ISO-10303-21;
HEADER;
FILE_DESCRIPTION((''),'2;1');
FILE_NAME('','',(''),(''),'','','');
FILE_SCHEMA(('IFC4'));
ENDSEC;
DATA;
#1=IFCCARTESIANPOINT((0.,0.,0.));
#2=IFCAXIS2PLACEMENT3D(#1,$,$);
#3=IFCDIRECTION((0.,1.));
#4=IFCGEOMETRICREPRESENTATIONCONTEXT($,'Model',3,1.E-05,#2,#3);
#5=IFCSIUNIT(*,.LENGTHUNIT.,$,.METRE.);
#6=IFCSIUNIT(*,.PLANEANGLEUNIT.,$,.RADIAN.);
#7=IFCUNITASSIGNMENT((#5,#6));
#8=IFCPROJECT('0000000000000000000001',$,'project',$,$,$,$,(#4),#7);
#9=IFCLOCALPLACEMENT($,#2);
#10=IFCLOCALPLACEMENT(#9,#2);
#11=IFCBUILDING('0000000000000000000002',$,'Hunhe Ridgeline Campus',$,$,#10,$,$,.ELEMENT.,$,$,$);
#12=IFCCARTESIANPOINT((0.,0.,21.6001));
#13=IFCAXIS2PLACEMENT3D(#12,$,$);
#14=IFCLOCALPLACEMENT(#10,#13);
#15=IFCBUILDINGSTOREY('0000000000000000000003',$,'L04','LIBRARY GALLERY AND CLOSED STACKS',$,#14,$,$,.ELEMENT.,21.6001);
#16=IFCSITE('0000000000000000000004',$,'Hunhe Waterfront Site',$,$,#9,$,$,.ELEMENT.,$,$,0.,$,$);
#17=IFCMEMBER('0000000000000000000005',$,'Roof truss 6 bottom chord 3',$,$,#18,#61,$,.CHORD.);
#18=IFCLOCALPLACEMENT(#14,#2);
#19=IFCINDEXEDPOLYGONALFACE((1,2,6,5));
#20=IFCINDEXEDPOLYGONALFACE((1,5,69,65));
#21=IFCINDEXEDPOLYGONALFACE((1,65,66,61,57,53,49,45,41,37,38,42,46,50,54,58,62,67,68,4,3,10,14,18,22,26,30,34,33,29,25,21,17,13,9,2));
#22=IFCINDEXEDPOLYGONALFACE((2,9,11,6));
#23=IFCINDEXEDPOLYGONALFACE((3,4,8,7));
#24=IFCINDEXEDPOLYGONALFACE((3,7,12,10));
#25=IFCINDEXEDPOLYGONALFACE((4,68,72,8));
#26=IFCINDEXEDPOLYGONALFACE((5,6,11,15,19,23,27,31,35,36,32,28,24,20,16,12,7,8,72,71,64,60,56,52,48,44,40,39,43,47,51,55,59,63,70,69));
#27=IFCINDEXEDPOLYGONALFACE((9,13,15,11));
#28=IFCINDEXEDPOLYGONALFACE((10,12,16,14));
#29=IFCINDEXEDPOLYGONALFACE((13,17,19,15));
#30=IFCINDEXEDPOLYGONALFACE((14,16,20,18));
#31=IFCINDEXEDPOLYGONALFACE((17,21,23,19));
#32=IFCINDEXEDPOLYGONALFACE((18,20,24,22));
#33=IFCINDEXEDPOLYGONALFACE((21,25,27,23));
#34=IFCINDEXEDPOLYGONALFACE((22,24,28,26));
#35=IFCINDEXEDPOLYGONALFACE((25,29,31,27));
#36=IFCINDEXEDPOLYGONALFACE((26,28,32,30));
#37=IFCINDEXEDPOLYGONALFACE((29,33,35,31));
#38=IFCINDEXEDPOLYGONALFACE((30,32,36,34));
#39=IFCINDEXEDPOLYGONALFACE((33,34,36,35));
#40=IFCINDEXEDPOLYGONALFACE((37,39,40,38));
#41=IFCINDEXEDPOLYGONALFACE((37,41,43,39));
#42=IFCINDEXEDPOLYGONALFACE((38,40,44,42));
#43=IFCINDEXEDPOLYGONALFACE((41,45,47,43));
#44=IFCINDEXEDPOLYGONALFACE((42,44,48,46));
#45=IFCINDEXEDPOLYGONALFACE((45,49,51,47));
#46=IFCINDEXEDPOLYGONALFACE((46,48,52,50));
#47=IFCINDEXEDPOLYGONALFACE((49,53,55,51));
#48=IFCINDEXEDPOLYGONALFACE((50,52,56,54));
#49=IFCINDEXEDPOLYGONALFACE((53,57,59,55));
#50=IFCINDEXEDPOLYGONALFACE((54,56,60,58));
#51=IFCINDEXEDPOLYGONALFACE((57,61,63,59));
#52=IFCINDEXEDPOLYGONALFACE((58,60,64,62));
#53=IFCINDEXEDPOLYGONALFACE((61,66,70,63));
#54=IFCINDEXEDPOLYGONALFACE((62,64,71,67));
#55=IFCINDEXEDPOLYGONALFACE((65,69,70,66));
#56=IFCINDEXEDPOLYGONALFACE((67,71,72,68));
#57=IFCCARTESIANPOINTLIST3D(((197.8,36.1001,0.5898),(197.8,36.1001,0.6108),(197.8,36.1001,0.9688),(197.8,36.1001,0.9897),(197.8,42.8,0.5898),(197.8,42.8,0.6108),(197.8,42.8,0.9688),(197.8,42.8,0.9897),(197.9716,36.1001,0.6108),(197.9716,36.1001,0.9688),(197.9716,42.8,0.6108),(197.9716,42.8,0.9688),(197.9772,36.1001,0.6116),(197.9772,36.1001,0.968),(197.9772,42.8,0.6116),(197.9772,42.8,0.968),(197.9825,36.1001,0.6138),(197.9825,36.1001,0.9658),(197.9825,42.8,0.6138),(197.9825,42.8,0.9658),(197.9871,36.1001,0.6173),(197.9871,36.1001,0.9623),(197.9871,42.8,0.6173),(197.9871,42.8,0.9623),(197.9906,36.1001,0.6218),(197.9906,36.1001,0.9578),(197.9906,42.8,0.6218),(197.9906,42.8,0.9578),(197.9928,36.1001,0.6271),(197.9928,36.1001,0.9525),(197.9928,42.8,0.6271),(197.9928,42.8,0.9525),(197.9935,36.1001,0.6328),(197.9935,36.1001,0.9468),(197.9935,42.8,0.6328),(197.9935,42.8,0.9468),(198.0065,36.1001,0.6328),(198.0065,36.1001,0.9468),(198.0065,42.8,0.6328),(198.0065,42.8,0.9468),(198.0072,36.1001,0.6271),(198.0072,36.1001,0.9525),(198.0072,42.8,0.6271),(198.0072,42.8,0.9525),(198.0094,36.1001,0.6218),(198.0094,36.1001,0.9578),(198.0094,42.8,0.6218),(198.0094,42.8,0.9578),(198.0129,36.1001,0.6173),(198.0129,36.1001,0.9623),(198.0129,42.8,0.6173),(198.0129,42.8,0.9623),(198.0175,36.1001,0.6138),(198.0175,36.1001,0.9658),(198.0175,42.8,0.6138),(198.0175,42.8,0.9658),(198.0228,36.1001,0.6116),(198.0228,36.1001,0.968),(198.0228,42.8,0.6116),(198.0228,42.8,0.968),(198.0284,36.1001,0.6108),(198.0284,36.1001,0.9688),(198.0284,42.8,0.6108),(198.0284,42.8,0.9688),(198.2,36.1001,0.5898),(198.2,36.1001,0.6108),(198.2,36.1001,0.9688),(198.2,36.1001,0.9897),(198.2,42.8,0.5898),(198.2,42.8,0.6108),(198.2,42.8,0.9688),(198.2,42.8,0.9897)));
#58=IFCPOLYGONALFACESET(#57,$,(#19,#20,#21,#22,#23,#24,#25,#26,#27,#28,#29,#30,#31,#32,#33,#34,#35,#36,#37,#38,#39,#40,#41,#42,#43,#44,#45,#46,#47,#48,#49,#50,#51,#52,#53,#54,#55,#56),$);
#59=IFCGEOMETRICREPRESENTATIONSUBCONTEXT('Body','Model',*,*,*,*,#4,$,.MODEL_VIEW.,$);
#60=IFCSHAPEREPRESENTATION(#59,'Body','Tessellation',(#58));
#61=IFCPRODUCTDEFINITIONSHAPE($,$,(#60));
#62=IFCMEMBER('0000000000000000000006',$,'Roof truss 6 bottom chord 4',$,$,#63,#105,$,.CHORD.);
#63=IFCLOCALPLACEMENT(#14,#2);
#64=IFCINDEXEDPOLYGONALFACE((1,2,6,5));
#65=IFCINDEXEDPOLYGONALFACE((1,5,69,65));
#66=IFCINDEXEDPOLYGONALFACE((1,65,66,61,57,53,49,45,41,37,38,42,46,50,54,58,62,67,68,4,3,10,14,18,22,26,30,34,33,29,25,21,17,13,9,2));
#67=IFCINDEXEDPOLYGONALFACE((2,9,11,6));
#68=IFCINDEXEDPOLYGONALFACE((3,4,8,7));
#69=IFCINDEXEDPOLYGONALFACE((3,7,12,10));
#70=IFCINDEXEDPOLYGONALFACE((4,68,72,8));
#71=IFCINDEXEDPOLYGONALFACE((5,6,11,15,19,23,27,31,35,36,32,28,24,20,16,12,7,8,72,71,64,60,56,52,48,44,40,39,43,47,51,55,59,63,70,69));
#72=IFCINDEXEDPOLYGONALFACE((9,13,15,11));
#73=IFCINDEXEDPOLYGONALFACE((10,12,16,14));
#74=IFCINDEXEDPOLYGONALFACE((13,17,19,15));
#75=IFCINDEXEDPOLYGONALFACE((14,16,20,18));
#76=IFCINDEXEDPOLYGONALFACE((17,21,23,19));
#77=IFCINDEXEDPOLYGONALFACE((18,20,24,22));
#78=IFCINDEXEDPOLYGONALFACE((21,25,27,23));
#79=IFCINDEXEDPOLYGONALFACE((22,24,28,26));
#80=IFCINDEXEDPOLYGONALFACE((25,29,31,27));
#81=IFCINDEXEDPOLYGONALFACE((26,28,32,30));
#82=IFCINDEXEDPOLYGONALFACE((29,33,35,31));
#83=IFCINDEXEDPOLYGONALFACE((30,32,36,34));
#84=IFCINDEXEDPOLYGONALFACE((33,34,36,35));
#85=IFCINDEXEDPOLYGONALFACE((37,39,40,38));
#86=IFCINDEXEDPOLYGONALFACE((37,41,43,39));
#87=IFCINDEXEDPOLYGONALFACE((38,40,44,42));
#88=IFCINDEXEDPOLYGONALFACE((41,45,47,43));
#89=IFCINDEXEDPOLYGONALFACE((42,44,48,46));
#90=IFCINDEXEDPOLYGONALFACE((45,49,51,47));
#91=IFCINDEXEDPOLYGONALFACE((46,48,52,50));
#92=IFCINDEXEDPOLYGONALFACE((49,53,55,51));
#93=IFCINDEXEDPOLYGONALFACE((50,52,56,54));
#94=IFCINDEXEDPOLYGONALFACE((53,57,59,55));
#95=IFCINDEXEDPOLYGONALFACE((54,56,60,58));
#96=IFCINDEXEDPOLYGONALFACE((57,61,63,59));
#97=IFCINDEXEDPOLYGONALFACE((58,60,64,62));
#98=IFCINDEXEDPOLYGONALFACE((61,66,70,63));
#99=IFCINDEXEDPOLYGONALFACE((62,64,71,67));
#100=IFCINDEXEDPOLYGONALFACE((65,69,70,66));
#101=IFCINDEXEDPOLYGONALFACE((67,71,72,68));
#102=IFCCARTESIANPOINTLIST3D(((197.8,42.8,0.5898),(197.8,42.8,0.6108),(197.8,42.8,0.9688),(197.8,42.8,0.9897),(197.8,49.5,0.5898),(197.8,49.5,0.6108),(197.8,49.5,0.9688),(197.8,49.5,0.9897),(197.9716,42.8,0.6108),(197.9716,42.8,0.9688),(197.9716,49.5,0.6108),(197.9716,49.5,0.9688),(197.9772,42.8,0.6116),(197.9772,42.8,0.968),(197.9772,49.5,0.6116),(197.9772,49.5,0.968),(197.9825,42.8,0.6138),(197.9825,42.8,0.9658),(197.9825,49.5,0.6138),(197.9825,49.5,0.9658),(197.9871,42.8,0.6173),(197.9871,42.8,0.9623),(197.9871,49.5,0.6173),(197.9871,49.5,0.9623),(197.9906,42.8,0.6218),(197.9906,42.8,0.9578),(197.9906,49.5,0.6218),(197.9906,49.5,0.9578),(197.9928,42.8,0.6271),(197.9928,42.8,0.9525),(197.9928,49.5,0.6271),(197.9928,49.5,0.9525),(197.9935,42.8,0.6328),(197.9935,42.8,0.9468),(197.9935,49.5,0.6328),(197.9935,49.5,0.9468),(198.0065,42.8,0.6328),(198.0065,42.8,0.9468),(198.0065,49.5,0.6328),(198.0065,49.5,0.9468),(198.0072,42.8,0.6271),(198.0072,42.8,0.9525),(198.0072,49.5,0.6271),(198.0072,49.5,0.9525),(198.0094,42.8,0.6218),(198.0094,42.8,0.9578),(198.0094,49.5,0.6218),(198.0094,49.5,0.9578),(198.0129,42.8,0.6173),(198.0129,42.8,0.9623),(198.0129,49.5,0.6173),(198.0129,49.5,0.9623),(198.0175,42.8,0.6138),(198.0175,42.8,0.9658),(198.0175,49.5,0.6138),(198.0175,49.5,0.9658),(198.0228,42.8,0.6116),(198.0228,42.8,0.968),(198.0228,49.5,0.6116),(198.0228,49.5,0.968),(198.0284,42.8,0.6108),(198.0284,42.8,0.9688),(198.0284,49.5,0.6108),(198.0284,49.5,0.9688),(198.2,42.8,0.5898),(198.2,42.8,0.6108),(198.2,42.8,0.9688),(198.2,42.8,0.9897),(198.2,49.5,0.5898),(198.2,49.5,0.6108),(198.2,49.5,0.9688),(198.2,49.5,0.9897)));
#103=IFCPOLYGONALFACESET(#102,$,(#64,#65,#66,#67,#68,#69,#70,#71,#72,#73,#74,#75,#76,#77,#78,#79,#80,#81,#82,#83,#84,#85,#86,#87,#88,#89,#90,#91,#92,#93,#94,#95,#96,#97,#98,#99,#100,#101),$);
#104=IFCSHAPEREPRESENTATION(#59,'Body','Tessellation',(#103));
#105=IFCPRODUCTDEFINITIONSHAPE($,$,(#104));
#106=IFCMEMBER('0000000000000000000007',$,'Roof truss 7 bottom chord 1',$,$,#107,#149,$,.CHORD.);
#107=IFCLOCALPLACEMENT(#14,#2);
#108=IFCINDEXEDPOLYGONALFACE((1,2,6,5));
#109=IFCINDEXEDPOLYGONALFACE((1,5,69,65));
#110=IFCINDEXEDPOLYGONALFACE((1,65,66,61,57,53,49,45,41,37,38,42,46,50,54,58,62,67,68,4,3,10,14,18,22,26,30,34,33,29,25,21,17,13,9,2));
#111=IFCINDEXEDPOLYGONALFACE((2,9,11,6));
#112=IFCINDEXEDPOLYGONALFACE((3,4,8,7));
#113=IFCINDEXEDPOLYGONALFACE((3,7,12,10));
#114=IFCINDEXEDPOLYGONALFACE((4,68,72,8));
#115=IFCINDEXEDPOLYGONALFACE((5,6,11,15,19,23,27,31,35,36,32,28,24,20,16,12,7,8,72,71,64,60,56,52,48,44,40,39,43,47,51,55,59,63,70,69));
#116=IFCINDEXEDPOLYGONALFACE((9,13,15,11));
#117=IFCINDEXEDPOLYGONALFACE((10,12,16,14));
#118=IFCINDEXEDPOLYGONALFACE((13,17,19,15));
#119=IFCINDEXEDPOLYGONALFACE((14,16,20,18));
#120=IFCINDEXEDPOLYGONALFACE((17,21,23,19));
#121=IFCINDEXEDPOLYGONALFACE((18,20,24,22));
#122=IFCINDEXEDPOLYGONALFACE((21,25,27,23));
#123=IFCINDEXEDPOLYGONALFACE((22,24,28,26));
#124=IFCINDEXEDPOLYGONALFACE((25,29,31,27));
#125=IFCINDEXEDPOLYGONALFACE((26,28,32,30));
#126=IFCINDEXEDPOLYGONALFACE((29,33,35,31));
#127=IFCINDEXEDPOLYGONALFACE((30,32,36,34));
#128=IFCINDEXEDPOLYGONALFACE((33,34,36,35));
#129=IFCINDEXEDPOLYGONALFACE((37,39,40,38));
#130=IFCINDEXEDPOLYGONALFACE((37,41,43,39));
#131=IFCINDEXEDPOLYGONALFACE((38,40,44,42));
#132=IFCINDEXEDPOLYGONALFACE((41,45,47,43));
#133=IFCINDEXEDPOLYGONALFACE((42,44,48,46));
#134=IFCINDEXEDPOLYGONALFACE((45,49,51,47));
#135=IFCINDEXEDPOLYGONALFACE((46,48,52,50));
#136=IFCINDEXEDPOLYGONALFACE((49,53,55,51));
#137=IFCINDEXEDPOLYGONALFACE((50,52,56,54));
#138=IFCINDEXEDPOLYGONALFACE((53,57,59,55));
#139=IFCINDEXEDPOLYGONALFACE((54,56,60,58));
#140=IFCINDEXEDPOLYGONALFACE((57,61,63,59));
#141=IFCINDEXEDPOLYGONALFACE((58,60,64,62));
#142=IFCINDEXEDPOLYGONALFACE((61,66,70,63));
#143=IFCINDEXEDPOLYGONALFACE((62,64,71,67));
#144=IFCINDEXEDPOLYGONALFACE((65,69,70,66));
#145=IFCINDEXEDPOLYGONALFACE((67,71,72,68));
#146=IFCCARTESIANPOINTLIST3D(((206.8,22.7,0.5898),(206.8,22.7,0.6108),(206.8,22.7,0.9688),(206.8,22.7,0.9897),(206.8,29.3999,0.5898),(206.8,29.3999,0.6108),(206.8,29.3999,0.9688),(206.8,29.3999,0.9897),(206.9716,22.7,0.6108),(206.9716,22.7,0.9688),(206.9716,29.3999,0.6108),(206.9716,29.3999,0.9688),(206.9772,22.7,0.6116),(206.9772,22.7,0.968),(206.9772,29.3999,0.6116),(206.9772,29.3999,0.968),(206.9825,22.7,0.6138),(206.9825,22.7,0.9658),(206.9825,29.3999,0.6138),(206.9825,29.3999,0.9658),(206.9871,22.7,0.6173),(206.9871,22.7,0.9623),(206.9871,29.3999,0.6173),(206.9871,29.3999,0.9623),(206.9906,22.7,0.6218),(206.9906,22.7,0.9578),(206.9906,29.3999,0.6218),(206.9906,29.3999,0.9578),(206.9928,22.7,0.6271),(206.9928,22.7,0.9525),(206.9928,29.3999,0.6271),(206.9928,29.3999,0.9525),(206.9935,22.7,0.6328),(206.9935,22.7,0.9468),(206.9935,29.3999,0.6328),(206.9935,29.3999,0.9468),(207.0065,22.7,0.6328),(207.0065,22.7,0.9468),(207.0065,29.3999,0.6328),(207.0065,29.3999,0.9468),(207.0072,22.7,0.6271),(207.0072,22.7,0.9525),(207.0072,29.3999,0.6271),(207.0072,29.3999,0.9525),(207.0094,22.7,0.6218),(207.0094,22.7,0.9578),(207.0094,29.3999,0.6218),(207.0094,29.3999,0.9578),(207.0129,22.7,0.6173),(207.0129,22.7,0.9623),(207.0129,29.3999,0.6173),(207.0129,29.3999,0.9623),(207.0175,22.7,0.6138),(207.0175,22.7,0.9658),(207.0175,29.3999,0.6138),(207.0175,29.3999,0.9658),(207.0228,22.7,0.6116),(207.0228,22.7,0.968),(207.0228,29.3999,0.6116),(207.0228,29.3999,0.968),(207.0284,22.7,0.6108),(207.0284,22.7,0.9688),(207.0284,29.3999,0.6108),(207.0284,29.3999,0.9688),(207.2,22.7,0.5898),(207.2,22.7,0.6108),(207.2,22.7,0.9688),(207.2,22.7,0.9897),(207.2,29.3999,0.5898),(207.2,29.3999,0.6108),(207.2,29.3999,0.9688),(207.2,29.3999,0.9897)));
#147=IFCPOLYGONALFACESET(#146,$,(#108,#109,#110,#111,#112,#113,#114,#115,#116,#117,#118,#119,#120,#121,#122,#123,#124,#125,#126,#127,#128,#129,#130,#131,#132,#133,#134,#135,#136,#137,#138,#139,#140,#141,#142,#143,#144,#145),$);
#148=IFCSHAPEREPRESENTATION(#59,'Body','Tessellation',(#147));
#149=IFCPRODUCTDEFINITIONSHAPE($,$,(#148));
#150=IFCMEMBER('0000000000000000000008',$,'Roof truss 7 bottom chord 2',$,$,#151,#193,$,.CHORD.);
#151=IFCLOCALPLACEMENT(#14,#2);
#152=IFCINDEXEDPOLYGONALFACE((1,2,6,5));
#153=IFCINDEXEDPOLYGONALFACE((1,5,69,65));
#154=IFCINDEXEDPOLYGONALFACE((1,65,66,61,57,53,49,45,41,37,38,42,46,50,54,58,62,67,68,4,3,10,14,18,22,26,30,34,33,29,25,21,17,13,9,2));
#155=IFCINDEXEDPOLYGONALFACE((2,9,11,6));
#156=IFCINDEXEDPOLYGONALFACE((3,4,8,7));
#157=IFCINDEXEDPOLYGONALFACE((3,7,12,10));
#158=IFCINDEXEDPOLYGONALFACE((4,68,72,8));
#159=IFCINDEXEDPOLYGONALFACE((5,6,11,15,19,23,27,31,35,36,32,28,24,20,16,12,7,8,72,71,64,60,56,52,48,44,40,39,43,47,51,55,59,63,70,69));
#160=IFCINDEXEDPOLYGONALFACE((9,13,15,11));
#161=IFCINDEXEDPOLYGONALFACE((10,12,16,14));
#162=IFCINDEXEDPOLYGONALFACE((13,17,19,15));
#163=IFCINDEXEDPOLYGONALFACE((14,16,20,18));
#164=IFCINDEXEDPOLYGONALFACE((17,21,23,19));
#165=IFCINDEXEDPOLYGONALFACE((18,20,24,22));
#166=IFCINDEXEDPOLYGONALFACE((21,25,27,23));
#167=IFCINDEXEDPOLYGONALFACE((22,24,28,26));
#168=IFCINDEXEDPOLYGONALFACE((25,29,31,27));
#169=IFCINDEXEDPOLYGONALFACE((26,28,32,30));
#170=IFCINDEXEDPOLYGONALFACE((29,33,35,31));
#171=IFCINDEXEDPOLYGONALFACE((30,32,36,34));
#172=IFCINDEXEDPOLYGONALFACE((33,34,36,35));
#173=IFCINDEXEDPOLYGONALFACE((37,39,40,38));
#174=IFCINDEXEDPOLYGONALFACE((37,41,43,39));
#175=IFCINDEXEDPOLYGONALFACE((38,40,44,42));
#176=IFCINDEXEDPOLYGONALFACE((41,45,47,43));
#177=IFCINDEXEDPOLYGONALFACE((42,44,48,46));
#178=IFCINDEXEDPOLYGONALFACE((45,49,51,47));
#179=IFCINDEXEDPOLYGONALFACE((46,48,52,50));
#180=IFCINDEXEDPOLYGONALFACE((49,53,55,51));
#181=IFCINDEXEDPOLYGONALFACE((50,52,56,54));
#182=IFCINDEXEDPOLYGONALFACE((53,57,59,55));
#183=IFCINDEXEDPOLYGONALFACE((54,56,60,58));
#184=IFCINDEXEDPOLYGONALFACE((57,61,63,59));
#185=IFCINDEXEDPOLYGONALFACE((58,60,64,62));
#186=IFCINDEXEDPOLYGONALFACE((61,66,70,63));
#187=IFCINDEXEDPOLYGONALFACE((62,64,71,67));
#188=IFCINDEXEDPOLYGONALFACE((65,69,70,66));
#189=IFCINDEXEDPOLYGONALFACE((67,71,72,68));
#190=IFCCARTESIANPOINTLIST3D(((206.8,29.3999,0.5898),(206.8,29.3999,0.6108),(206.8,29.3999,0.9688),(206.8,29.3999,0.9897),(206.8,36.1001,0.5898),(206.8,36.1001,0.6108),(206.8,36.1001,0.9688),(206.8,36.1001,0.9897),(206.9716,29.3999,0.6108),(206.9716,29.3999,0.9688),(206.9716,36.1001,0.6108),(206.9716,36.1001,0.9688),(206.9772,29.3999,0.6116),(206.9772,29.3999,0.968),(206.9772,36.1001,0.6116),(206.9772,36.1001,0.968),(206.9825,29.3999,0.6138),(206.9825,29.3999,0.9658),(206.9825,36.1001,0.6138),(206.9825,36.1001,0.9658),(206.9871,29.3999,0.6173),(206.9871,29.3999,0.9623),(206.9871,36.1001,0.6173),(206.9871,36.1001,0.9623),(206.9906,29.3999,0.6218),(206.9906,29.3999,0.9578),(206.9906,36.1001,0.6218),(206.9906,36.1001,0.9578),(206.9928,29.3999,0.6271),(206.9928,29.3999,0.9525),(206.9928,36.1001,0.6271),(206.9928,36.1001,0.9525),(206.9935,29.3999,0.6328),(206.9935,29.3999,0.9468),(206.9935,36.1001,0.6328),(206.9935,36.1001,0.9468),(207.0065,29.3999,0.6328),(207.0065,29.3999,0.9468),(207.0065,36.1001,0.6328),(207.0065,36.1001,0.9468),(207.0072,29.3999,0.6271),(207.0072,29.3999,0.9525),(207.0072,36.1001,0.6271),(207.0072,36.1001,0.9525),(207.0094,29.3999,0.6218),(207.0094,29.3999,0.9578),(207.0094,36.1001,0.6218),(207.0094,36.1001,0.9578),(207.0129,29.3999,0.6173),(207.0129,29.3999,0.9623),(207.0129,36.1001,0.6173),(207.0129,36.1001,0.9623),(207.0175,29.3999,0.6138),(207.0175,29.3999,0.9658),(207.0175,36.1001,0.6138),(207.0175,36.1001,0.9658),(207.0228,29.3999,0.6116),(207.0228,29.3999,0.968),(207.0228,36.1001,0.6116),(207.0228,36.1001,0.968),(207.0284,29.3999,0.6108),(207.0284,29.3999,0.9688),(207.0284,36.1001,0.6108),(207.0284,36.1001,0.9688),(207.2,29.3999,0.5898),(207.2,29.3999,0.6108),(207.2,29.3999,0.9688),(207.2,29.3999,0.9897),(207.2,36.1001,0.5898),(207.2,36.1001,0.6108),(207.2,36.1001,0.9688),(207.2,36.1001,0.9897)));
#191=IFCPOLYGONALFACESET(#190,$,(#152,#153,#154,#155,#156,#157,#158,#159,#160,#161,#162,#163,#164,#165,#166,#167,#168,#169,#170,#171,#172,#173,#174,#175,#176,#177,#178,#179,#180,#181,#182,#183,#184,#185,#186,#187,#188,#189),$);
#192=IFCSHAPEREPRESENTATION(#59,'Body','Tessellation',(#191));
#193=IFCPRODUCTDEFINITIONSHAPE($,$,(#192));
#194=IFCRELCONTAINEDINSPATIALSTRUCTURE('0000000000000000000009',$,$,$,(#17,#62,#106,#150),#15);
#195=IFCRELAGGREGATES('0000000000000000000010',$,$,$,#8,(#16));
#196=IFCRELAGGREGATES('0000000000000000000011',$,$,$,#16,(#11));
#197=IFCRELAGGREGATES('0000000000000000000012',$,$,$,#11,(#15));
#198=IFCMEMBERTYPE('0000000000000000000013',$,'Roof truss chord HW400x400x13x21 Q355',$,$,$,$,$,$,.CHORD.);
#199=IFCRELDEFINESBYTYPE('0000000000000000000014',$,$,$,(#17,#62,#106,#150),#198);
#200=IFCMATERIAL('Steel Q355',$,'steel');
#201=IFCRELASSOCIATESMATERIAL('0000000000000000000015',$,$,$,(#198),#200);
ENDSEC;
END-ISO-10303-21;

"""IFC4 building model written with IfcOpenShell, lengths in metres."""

from ifc_helpers import new_model, si_unit, direction, frame, origin, origin_2d, place, context, subcontext, project, spatial, i_section, extrude, material, material_profile, profile_set, type_object, element, save


model = new_model("IFC4")

# Units and contexts
model_context = context("Model", 3, precision=1e-05, world=origin(), true_north=direction((0.0, 1.0)))
body_context = subcontext(model_context, "Body", "Model", "MODEL_VIEW")
ifc_project = project(units=[si_unit("LENGTHUNIT", "METRE"), si_unit("PLANEANGLEUNIT", "RADIAN")], contexts=[model_context])

# Site, building, storey
site_placement = place(None, origin())
site = spatial("IfcSite", under=ifc_project, at=site_placement, Name="Hunhe Waterfront Site", CompositionType="ELEMENT", RefElevation=0.0)
building_placement = place(site_placement, origin())
building = spatial("IfcBuilding", under=site, at=building_placement, Name="Hunhe Ridgeline Campus", CompositionType="ELEMENT")
storey_placement = place(building_placement, frame((0.0, 0.0, 21.6001)))
storey = spatial("IfcBuildingStorey", under=building, at=storey_placement, Name="L04", Description="LIBRARY GALLERY AND CLOSED STACKS", CompositionType="ELEMENT", Elevation=21.6001)

# Members
ifc_material_1 = material(Name="Steel Q355", Category="steel")
ifc_material_profile_1 = material_profile(ifc_material_1, i_section(OverallWidth=0.3999, OverallDepth=0.3999, WebThickness=0.0129, FlangeThickness=0.021, FilletRadius=0.022, at=origin_2d()))
ifc_profile_set_1 = profile_set([ifc_material_profile_1], Name="Steel Q355")
member_type_1 = type_object("IfcMemberType", Name="Roof truss chord HW400x400x13x21 Q355", PredefinedType="CHORD", material=ifc_profile_set_1)
for number, where, z_axis, x_axis, name in (
    (1, (198.0, 36.1001, 0.7898), (0.0, 1.0, 0.0), (-1.0, 0.0, 0.0), "Roof truss 6 bottom chord 3"),
    (2, (198.0, 42.8, 0.7898), (0.0, 1.0, 0.0), (-1.0, 0.0, 0.0), "Roof truss 6 bottom chord 4"),
    (3, (207.0, 22.7, 0.7898), (0.0, 1.0, 0.0), (-1.0, 0.0, 0.0), "Roof truss 7 bottom chord 1"),
):
    element("IfcMember", number, at=place(storey_placement, frame(where, z_axis=z_axis, x_axis=x_axis)), inside=storey, type_object=member_type_1, Name=name, PredefinedType="CHORD", context=body_context, shape_type="SweptSolid", body=[
        extrude(i_section(OverallWidth=0.3999, OverallDepth=0.3999, WebThickness=0.0129, FlangeThickness=0.021, FilletRadius=0.022, at=origin_2d()), origin(), (0.0, 0.0, 1.0), 6.7),
    ])
member_1_placement = place(storey_placement, frame((207.0, 29.3999, 0.7898), z_axis=(0.0, 1.0, 0.0), x_axis=(-1.0, 0.0, 0.0)))
element("IfcMember", 4, at=member_1_placement, inside=storey, type_object=member_type_1, Name="Roof truss 7 bottom chord 2", PredefinedType="CHORD", context=body_context, shape_type="SweptSolid", body=[
    extrude(i_section(OverallWidth=0.3999, OverallDepth=0.3999, WebThickness=0.0129, FlangeThickness=0.021, FilletRadius=0.022, at=origin_2d()), origin(), (0.0, 0.0, 1.0), 6.7002),
])

save(model, "model.ifc")
